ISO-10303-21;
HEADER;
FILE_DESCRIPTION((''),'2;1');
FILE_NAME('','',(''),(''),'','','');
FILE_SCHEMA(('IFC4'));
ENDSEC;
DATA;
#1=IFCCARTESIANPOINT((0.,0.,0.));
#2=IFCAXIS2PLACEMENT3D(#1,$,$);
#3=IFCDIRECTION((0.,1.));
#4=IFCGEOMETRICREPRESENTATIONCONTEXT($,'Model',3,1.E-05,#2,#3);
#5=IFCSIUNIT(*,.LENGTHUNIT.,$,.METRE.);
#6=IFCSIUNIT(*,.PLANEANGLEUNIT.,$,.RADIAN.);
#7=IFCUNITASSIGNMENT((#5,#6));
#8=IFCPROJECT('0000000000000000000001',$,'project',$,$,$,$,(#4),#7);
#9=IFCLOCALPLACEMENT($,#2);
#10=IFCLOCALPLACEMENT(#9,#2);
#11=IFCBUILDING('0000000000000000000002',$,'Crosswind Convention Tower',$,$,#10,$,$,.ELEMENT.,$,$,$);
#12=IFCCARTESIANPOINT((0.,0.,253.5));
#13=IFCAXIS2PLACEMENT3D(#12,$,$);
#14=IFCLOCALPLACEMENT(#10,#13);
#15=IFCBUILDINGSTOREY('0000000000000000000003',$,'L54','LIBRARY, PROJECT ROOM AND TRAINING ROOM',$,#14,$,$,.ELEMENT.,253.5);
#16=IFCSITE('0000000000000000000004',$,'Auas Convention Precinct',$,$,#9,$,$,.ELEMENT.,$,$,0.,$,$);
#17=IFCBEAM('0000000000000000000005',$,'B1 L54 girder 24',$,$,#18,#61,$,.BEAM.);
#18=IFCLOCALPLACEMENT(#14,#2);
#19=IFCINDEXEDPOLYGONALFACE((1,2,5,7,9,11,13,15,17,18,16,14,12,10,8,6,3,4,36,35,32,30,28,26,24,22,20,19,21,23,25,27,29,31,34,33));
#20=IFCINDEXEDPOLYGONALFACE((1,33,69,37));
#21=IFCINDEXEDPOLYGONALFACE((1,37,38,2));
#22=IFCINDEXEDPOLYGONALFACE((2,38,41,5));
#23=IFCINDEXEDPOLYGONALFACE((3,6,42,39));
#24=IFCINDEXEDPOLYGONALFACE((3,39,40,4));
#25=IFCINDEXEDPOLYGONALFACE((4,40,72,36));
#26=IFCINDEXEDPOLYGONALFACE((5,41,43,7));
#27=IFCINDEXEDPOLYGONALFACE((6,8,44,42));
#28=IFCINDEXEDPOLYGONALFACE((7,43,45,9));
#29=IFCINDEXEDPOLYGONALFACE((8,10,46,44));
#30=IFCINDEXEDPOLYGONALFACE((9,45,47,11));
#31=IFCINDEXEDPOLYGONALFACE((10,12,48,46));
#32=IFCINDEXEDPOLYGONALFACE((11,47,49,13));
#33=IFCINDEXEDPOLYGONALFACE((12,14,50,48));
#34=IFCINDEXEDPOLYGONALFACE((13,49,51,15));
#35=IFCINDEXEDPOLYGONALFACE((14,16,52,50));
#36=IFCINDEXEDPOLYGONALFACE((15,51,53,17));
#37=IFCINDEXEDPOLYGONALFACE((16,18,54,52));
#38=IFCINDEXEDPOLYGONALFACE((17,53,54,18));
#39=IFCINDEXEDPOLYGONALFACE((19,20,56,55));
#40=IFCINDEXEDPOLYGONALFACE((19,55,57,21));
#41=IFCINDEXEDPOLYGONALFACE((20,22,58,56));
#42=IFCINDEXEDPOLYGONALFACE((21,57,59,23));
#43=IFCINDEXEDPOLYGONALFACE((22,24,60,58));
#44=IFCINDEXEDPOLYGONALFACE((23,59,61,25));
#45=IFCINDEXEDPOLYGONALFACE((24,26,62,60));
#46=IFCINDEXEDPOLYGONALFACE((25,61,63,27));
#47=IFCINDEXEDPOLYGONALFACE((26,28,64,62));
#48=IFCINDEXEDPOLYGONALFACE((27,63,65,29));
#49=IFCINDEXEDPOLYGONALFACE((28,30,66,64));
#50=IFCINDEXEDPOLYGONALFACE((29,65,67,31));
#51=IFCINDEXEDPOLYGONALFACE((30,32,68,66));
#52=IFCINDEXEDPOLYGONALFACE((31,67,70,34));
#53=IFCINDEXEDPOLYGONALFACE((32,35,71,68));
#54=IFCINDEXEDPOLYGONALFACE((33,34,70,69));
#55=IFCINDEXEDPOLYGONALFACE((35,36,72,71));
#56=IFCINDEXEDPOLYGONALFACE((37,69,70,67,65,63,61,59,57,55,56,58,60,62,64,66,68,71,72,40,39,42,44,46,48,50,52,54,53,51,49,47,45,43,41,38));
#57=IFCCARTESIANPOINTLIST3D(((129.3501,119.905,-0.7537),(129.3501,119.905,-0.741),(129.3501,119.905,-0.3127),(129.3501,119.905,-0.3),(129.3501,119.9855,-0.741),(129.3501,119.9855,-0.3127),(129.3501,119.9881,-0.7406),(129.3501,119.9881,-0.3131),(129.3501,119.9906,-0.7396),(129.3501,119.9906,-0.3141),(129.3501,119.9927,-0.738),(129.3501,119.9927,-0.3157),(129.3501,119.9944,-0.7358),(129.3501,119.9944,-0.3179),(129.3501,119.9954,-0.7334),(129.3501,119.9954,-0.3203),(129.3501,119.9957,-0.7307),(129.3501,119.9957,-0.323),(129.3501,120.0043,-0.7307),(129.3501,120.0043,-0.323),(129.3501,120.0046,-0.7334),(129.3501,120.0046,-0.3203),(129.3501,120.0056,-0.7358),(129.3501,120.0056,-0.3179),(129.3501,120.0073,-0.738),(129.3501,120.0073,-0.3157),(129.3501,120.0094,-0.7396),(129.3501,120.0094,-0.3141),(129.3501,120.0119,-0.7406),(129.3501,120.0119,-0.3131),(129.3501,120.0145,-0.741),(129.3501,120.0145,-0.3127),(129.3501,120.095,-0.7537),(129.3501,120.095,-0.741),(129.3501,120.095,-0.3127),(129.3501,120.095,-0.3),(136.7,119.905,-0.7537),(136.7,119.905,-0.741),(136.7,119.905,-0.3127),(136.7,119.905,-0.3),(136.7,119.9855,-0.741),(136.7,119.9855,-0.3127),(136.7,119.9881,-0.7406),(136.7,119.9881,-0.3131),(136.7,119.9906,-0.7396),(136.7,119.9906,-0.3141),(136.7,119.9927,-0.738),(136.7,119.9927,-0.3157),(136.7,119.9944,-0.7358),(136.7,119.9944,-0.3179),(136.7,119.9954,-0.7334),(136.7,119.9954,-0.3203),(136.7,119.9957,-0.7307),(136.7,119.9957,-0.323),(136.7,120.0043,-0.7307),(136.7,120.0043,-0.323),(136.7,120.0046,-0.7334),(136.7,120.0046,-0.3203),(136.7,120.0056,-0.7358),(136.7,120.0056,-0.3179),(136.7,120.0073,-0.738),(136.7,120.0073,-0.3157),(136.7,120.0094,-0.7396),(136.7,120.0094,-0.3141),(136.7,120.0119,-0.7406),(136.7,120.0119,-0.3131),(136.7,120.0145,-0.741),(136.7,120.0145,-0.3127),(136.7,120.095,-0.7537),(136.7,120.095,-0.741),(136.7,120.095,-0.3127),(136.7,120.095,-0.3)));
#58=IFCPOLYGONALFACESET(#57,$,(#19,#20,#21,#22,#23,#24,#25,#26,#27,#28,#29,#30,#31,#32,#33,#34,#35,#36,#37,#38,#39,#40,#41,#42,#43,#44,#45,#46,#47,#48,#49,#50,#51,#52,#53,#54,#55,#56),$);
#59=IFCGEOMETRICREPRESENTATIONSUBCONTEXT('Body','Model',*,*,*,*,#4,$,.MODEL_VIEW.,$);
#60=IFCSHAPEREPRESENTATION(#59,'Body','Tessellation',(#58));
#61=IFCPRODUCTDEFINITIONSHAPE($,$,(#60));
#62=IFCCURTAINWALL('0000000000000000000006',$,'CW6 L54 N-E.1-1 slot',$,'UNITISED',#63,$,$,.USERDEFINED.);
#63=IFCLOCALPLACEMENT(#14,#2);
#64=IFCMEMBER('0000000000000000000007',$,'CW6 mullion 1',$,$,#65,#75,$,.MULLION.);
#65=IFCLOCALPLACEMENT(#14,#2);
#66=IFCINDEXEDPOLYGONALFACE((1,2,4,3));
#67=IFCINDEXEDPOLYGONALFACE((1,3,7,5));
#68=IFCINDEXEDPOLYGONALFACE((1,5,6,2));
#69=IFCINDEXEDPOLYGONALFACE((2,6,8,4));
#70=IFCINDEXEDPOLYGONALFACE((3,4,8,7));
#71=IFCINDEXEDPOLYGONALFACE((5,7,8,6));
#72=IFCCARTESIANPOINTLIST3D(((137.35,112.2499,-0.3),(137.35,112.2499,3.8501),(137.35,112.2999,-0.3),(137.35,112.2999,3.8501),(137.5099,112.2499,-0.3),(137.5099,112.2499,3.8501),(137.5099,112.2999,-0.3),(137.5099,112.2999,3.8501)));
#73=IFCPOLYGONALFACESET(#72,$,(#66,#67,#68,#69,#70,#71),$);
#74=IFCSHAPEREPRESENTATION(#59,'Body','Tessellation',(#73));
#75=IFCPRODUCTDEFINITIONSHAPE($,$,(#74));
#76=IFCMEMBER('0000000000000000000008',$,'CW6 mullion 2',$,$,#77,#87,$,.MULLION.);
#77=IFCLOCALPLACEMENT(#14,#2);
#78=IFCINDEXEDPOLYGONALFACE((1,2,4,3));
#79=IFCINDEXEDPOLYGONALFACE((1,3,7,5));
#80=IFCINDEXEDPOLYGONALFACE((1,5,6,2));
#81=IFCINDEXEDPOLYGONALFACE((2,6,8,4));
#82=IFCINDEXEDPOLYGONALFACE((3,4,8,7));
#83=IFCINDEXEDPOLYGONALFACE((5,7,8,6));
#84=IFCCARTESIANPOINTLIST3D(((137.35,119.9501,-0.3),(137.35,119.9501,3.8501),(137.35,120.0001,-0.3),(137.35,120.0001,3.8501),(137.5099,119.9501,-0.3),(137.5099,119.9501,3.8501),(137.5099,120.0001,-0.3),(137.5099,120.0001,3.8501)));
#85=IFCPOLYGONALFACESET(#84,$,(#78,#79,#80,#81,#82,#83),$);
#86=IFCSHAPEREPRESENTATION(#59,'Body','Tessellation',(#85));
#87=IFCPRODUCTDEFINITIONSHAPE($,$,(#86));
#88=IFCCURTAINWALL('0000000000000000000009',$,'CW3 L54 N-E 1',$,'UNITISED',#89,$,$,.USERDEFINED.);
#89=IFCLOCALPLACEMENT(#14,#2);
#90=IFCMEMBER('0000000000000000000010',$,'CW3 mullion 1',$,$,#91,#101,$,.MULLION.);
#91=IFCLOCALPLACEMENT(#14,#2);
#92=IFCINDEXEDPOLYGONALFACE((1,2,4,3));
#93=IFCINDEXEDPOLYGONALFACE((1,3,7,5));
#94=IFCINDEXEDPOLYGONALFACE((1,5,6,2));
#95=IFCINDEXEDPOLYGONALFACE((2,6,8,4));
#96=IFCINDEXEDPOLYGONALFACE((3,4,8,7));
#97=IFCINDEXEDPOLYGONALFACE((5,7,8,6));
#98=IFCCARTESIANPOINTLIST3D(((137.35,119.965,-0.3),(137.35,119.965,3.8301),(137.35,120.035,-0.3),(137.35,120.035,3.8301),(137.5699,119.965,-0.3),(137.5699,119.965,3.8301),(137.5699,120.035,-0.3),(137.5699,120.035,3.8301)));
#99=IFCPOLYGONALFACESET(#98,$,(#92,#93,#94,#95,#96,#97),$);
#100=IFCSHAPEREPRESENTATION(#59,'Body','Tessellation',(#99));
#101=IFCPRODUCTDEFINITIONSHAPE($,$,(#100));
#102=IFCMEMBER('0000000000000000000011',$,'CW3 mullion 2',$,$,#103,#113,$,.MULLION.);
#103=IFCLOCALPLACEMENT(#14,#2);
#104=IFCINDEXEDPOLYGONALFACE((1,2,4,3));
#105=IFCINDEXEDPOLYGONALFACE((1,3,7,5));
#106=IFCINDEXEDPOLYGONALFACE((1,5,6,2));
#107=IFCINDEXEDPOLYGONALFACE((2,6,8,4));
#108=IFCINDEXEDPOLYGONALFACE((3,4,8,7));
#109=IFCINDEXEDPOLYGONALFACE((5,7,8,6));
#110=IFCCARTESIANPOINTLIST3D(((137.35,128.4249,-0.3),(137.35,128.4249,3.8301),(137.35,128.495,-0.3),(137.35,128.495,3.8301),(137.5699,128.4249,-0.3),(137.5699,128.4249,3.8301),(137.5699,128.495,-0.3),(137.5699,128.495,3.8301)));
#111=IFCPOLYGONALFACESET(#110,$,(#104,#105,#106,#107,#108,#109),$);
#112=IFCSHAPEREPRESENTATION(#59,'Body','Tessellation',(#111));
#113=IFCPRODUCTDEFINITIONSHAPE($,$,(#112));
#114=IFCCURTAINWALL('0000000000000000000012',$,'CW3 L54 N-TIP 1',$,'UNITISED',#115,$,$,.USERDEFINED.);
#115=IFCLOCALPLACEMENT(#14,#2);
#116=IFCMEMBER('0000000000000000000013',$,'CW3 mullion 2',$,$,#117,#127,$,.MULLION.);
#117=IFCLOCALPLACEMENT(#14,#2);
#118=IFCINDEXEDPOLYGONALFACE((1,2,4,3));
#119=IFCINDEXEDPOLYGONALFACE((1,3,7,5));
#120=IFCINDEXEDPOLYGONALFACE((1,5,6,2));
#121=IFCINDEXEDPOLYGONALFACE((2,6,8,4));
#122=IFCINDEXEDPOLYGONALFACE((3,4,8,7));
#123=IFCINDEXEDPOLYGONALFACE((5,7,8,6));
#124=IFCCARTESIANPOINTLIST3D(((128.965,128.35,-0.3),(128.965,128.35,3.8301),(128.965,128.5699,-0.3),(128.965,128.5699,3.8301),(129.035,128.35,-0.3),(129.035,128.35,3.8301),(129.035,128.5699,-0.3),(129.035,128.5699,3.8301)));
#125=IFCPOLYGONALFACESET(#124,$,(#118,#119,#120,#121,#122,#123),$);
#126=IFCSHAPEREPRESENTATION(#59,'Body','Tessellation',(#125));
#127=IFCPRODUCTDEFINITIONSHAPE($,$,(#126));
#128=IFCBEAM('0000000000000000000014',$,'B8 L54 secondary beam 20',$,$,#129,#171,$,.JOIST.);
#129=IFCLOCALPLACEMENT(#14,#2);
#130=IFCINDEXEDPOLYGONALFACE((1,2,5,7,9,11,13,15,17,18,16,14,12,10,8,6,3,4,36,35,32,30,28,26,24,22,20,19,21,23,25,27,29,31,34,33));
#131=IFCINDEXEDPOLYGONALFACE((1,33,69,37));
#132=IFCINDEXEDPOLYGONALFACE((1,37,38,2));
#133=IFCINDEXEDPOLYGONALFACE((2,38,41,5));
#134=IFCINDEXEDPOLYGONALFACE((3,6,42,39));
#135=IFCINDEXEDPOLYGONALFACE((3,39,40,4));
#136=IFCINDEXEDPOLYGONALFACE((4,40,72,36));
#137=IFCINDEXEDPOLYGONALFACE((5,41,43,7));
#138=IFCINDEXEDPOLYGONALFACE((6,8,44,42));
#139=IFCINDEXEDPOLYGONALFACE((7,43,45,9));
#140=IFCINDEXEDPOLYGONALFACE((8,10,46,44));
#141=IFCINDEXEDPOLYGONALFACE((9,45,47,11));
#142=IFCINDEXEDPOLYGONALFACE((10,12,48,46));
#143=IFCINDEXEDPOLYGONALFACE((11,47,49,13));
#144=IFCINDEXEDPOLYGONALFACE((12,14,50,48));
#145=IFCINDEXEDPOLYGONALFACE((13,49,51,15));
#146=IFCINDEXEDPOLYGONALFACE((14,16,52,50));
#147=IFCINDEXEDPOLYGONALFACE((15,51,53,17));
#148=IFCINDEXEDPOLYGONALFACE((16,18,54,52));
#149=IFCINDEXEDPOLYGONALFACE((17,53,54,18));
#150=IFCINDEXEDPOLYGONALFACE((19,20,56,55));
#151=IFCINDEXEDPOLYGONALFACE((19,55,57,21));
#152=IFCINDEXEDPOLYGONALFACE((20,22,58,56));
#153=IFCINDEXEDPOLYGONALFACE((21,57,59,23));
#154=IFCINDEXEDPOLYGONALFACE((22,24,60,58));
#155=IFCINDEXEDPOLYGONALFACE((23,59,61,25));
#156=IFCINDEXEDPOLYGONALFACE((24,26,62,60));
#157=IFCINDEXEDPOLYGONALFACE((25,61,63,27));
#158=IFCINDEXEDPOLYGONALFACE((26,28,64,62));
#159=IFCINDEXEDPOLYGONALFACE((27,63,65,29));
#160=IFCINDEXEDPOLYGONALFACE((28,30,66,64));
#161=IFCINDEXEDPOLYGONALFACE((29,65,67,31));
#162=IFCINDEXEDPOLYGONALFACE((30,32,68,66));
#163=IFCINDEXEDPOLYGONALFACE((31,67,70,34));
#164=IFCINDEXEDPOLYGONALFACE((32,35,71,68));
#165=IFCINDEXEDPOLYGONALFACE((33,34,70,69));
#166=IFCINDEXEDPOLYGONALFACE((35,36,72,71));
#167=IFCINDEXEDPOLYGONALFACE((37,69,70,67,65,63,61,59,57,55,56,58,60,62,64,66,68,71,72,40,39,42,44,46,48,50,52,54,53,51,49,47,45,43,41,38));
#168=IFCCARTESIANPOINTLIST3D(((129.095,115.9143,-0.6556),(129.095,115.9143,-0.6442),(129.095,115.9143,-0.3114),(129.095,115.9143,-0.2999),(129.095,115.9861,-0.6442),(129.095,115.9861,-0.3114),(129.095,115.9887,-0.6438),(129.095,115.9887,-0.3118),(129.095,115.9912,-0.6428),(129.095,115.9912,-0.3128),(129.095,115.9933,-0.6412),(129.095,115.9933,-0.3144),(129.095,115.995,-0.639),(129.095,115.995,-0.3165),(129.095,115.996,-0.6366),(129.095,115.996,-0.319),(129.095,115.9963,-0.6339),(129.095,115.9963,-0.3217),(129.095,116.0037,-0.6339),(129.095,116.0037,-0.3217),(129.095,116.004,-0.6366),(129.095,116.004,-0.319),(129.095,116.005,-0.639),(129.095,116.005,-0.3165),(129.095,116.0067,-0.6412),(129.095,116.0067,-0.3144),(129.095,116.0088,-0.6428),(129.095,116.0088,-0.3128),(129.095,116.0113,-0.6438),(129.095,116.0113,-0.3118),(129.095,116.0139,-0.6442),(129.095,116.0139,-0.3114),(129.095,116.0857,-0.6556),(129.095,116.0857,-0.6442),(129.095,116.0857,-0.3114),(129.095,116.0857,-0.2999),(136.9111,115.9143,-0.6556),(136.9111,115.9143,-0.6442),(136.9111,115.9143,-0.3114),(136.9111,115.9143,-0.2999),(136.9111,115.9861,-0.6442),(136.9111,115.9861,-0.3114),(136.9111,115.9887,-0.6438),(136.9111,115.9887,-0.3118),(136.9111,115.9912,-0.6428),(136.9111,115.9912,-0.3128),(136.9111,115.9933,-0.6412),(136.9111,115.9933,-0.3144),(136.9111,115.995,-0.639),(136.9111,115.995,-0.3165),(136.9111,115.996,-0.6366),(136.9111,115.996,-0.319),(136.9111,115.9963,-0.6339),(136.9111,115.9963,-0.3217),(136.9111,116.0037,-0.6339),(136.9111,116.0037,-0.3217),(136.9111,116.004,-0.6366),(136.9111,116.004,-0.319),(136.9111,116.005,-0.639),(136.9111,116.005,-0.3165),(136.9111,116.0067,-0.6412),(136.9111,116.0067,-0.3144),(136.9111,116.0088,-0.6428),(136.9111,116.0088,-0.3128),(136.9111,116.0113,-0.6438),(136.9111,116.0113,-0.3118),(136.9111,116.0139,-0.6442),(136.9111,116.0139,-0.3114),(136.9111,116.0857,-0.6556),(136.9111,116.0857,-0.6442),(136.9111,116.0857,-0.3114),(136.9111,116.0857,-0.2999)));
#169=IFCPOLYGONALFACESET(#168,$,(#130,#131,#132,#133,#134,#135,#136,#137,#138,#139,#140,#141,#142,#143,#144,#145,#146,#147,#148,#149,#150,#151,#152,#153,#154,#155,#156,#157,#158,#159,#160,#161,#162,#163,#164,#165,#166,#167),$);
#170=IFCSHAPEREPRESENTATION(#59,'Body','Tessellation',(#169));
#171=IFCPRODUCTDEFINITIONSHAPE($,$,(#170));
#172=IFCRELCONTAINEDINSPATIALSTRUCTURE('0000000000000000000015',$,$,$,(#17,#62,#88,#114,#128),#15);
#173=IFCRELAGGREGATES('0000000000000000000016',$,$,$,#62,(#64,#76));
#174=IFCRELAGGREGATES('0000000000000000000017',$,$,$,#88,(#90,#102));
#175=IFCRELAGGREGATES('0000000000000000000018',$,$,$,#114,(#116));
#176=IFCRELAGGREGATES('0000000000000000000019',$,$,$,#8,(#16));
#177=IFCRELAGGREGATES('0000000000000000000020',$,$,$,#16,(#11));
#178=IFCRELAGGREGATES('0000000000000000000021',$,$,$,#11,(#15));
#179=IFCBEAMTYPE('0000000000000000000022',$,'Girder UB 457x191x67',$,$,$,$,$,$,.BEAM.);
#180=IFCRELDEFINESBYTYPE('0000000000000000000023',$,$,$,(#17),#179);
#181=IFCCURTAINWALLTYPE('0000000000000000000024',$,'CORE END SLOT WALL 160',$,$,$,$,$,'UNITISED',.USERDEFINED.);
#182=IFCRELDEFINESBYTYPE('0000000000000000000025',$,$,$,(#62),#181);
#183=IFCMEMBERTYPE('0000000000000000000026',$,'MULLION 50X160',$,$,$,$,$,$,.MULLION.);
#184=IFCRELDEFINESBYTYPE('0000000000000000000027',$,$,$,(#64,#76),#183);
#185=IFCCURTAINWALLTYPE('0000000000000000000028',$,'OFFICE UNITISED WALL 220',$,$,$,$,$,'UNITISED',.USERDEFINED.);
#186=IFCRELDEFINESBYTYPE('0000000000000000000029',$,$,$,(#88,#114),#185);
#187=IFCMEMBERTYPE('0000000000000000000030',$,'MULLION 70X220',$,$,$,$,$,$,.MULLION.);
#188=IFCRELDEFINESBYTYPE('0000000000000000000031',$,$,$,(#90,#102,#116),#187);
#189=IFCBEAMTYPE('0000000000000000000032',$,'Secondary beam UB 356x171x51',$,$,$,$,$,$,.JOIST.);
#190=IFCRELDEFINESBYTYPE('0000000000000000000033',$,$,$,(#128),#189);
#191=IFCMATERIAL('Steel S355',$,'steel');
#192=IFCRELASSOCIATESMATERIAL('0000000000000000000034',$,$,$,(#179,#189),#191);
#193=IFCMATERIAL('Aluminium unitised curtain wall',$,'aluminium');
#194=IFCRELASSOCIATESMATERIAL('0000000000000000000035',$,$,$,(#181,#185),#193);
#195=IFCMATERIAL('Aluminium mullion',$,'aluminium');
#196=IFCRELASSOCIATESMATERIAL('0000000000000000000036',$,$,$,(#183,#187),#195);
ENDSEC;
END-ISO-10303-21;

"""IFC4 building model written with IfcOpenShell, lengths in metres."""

from ifc_helpers import new_model, si_unit, direction, frame, origin, origin_2d, place, context, subcontext, project, spatial, rectangle, i_section, extrude, material, material_profile, profile_set, type_object, element, aggregate, save


model = new_model("IFC4")

# Units and contexts
model_context = context("Model", 3, precision=1e-05, world=origin(), true_north=direction((0.0, 1.0)))
body_context = subcontext(model_context, "Body", "Model", "MODEL_VIEW")
ifc_project = project(units=[si_unit("LENGTHUNIT", "METRE"), si_unit("PLANEANGLEUNIT", "RADIAN")], contexts=[model_context])

# Site, building, storey
site_placement = place(None, origin())
site = spatial("IfcSite", under=ifc_project, at=site_placement, Name="Auas Convention Precinct", CompositionType="ELEMENT", RefElevation=0.0)
building_placement = place(site_placement, origin())
building = spatial("IfcBuilding", under=site, at=building_placement, Name="Crosswind Convention Tower", CompositionType="ELEMENT")
storey_placement = place(building_placement, frame((0.0, 0.0, 253.5)))
storey = spatial("IfcBuildingStorey", under=building, at=storey_placement, Name="L54", Description="LIBRARY, PROJECT ROOM AND TRAINING ROOM", CompositionType="ELEMENT", Elevation=253.5)

# Beam
ifc_material_1 = material(Name="Steel S355", Category="steel")
ifc_material_profile_1 = material_profile(ifc_material_1, i_section(OverallWidth=0.1899, OverallDepth=0.4536, WebThickness=0.0085, FlangeThickness=0.0127, FilletRadius=0.0103, at=origin_2d()), Name="UB 457x191x67")
ifc_profile_set_1 = profile_set([ifc_material_profile_1], Name="Steel S355")
beam_type_1 = type_object("IfcBeamType", Name="Girder UB 457x191x67", PredefinedType="BEAM", material=ifc_profile_set_1)
for number, where, z_axis, x_axis, name in (
    (1, (129.3501, 120.0, -0.5269), (1.0, 0.0, 0.0), (0.0, 1.0, 0.0), "B1 L54 girder 24"),
):
    element("IfcBeam", number, at=place(storey_placement, frame(where, z_axis=z_axis, x_axis=x_axis)), inside=storey, type_object=beam_type_1, Name=name, PredefinedType="BEAM", context=body_context, shape_type="SweptSolid", body=[
        extrude(i_section(OverallWidth=0.1899, OverallDepth=0.4536, WebThickness=0.0085, FlangeThickness=0.0127, FilletRadius=0.0103, at=origin_2d()), origin(), (0.0, 0.0, 1.0), 7.3499),
    ])

# Curtain walls, members
ifc_material_2 = material(Name="Aluminium unitised curtain wall", Category="aluminium")
curtain_wall_type_1 = type_object("IfcCurtainWallType", Name="CORE END SLOT WALL 160", ElementType="UNITISED", PredefinedType="USERDEFINED", material=ifc_material_2)
curtain_wall_1_placement = place(storey_placement, origin())
curtain_wall_1 = element("IfcCurtainWall", 2, at=curtain_wall_1_placement, inside=storey, type_object=curtain_wall_type_1, Name="CW6 L54 N-E.1-1 slot", ObjectType="UNITISED", PredefinedType="USERDEFINED")
ifc_material_3 = material(Name="Aluminium mullion", Category="aluminium")
ifc_material_profile_2 = material_profile(ifc_material_3, rectangle(XDim=0.1599, YDim=0.05, at=origin_2d()), Name="AL 160X50")
ifc_profile_set_2 = profile_set([ifc_material_profile_2], Name="Aluminium mullion")
member_type_1 = type_object("IfcMemberType", Name="MULLION 50X160", PredefinedType="MULLION", material=ifc_profile_set_2)
member_1_placement = place(storey_placement, frame((137.4299, 112.2749, -0.3), z_axis=(0.0, 0.0, 1.0), x_axis=(1.0, 0.0, 0.0)))
member_1 = element("IfcMember", 3, at=member_1_placement, type_object=member_type_1, Name="CW6 mullion 1", PredefinedType="MULLION", context=body_context, shape_type="SweptSolid", body=[
    extrude(rectangle(XDim=0.1599, YDim=0.05, at=origin_2d()), origin(), (0.0, 0.0, 1.0), 4.1501),
])
member_2_placement = place(storey_placement, frame((137.4299, 119.9751, -0.3), z_axis=(0.0, 0.0, 1.0), x_axis=(1.0, 0.0, 0.0)))
member_2 = element("IfcMember", 4, at=member_2_placement, type_object=member_type_1, Name="CW6 mullion 2", PredefinedType="MULLION", context=body_context, shape_type="SweptSolid", body=[
    extrude(rectangle(XDim=0.1599, YDim=0.05, at=origin_2d()), origin(), (0.0, 0.0, 1.0), 4.1501),
])
curtain_wall_type_2 = type_object("IfcCurtainWallType", Name="OFFICE UNITISED WALL 220", ElementType="UNITISED", PredefinedType="USERDEFINED", material=ifc_material_2)
curtain_wall_2_placement = place(storey_placement, origin())
curtain_wall_2 = element("IfcCurtainWall", 5, at=curtain_wall_2_placement, inside=storey, type_object=curtain_wall_type_2, Name="CW3 L54 N-E 1", ObjectType="UNITISED", PredefinedType="USERDEFINED")
ifc_material_profile_3 = material_profile(ifc_material_3, rectangle(XDim=0.22, YDim=0.0701, at=origin_2d()), Name="AL 220X70")
ifc_profile_set_3 = profile_set([ifc_material_profile_3], Name="Aluminium mullion")
member_type_2 = type_object("IfcMemberType", Name="MULLION 70X220", PredefinedType="MULLION", material=ifc_profile_set_3)
member_3_placement = place(storey_placement, frame((137.46, 120.0, -0.3), z_axis=(0.0, 0.0, 1.0), x_axis=(1.0, 0.0, 0.0)))
member_3 = element("IfcMember", 6, at=member_3_placement, type_object=member_type_2, Name="CW3 mullion 1", PredefinedType="MULLION", context=body_context, shape_type="SweptSolid", body=[
    extrude(rectangle(XDim=0.22, YDim=0.0701, at=origin_2d()), origin(), (0.0, 0.0, 1.0), 4.1301),
])
member_4_placement = place(storey_placement, frame((137.46, 128.46, -0.3), z_axis=(0.0, 0.0, 1.0), x_axis=(1.0, 0.0, 0.0)))
member_4 = element("IfcMember", 7, at=member_4_placement, type_object=member_type_2, Name="CW3 mullion 2", PredefinedType="MULLION", context=body_context, shape_type="SweptSolid", body=[
    extrude(rectangle(XDim=0.22, YDim=0.0701, at=origin_2d()), origin(), (0.0, 0.0, 1.0), 4.1301),
])

# Curtain wall, member
curtain_wall_3_placement = place(storey_placement, origin())
curtain_wall_3 = element("IfcCurtainWall", 8, at=curtain_wall_3_placement, inside=storey, type_object=curtain_wall_type_2, Name="CW3 L54 N-TIP 1", ObjectType="UNITISED", PredefinedType="USERDEFINED")
member_5_placement = place(storey_placement, frame((129.0, 128.46, -0.3), z_axis=(0.0, 0.0, 1.0), x_axis=(0.0, 1.0, 0.0)))
member_5 = element("IfcMember", 9, at=member_5_placement, type_object=member_type_2, Name="CW3 mullion 2", PredefinedType="MULLION", context=body_context, shape_type="SweptSolid", body=[
    extrude(rectangle(XDim=0.22, YDim=0.0701, at=origin_2d()), origin(), (0.0, 0.0, 1.0), 4.1301),
])

# Beam
ifc_material_profile_4 = material_profile(ifc_material_1, i_section(OverallWidth=0.1714, OverallDepth=0.3557, WebThickness=0.0073, FlangeThickness=0.0115, FilletRadius=0.0103, at=origin_2d()), Name="UB 356x171x51")
ifc_profile_set_4 = profile_set([ifc_material_profile_4], Name="Steel S355")
beam_type_2 = type_object("IfcBeamType", Name="Secondary beam UB 356x171x51", PredefinedType="JOIST", material=ifc_profile_set_4)
for number, where, z_axis, x_axis, name in (
    (10, (129.095, 116.0, -0.4778), (1.0, 0.0, 0.0), (0.0, 1.0, 0.0), "B8 L54 secondary beam 20"),
):
    element("IfcBeam", number, at=place(storey_placement, frame(where, z_axis=z_axis, x_axis=x_axis)), inside=storey, type_object=beam_type_2, Name=name, PredefinedType="JOIST", context=body_context, shape_type="SweptSolid", body=[
        extrude(i_section(OverallWidth=0.1714, OverallDepth=0.3557, WebThickness=0.0073, FlangeThickness=0.0115, FilletRadius=0.0103, at=origin_2d()), origin(), (0.0, 0.0, 1.0), 7.8162),
    ])

aggregate(curtain_wall_1, [member_1, member_2])

aggregate(curtain_wall_2, [member_3, member_4])
aggregate(curtain_wall_3, [member_5])

save(model, "model.ifc")
